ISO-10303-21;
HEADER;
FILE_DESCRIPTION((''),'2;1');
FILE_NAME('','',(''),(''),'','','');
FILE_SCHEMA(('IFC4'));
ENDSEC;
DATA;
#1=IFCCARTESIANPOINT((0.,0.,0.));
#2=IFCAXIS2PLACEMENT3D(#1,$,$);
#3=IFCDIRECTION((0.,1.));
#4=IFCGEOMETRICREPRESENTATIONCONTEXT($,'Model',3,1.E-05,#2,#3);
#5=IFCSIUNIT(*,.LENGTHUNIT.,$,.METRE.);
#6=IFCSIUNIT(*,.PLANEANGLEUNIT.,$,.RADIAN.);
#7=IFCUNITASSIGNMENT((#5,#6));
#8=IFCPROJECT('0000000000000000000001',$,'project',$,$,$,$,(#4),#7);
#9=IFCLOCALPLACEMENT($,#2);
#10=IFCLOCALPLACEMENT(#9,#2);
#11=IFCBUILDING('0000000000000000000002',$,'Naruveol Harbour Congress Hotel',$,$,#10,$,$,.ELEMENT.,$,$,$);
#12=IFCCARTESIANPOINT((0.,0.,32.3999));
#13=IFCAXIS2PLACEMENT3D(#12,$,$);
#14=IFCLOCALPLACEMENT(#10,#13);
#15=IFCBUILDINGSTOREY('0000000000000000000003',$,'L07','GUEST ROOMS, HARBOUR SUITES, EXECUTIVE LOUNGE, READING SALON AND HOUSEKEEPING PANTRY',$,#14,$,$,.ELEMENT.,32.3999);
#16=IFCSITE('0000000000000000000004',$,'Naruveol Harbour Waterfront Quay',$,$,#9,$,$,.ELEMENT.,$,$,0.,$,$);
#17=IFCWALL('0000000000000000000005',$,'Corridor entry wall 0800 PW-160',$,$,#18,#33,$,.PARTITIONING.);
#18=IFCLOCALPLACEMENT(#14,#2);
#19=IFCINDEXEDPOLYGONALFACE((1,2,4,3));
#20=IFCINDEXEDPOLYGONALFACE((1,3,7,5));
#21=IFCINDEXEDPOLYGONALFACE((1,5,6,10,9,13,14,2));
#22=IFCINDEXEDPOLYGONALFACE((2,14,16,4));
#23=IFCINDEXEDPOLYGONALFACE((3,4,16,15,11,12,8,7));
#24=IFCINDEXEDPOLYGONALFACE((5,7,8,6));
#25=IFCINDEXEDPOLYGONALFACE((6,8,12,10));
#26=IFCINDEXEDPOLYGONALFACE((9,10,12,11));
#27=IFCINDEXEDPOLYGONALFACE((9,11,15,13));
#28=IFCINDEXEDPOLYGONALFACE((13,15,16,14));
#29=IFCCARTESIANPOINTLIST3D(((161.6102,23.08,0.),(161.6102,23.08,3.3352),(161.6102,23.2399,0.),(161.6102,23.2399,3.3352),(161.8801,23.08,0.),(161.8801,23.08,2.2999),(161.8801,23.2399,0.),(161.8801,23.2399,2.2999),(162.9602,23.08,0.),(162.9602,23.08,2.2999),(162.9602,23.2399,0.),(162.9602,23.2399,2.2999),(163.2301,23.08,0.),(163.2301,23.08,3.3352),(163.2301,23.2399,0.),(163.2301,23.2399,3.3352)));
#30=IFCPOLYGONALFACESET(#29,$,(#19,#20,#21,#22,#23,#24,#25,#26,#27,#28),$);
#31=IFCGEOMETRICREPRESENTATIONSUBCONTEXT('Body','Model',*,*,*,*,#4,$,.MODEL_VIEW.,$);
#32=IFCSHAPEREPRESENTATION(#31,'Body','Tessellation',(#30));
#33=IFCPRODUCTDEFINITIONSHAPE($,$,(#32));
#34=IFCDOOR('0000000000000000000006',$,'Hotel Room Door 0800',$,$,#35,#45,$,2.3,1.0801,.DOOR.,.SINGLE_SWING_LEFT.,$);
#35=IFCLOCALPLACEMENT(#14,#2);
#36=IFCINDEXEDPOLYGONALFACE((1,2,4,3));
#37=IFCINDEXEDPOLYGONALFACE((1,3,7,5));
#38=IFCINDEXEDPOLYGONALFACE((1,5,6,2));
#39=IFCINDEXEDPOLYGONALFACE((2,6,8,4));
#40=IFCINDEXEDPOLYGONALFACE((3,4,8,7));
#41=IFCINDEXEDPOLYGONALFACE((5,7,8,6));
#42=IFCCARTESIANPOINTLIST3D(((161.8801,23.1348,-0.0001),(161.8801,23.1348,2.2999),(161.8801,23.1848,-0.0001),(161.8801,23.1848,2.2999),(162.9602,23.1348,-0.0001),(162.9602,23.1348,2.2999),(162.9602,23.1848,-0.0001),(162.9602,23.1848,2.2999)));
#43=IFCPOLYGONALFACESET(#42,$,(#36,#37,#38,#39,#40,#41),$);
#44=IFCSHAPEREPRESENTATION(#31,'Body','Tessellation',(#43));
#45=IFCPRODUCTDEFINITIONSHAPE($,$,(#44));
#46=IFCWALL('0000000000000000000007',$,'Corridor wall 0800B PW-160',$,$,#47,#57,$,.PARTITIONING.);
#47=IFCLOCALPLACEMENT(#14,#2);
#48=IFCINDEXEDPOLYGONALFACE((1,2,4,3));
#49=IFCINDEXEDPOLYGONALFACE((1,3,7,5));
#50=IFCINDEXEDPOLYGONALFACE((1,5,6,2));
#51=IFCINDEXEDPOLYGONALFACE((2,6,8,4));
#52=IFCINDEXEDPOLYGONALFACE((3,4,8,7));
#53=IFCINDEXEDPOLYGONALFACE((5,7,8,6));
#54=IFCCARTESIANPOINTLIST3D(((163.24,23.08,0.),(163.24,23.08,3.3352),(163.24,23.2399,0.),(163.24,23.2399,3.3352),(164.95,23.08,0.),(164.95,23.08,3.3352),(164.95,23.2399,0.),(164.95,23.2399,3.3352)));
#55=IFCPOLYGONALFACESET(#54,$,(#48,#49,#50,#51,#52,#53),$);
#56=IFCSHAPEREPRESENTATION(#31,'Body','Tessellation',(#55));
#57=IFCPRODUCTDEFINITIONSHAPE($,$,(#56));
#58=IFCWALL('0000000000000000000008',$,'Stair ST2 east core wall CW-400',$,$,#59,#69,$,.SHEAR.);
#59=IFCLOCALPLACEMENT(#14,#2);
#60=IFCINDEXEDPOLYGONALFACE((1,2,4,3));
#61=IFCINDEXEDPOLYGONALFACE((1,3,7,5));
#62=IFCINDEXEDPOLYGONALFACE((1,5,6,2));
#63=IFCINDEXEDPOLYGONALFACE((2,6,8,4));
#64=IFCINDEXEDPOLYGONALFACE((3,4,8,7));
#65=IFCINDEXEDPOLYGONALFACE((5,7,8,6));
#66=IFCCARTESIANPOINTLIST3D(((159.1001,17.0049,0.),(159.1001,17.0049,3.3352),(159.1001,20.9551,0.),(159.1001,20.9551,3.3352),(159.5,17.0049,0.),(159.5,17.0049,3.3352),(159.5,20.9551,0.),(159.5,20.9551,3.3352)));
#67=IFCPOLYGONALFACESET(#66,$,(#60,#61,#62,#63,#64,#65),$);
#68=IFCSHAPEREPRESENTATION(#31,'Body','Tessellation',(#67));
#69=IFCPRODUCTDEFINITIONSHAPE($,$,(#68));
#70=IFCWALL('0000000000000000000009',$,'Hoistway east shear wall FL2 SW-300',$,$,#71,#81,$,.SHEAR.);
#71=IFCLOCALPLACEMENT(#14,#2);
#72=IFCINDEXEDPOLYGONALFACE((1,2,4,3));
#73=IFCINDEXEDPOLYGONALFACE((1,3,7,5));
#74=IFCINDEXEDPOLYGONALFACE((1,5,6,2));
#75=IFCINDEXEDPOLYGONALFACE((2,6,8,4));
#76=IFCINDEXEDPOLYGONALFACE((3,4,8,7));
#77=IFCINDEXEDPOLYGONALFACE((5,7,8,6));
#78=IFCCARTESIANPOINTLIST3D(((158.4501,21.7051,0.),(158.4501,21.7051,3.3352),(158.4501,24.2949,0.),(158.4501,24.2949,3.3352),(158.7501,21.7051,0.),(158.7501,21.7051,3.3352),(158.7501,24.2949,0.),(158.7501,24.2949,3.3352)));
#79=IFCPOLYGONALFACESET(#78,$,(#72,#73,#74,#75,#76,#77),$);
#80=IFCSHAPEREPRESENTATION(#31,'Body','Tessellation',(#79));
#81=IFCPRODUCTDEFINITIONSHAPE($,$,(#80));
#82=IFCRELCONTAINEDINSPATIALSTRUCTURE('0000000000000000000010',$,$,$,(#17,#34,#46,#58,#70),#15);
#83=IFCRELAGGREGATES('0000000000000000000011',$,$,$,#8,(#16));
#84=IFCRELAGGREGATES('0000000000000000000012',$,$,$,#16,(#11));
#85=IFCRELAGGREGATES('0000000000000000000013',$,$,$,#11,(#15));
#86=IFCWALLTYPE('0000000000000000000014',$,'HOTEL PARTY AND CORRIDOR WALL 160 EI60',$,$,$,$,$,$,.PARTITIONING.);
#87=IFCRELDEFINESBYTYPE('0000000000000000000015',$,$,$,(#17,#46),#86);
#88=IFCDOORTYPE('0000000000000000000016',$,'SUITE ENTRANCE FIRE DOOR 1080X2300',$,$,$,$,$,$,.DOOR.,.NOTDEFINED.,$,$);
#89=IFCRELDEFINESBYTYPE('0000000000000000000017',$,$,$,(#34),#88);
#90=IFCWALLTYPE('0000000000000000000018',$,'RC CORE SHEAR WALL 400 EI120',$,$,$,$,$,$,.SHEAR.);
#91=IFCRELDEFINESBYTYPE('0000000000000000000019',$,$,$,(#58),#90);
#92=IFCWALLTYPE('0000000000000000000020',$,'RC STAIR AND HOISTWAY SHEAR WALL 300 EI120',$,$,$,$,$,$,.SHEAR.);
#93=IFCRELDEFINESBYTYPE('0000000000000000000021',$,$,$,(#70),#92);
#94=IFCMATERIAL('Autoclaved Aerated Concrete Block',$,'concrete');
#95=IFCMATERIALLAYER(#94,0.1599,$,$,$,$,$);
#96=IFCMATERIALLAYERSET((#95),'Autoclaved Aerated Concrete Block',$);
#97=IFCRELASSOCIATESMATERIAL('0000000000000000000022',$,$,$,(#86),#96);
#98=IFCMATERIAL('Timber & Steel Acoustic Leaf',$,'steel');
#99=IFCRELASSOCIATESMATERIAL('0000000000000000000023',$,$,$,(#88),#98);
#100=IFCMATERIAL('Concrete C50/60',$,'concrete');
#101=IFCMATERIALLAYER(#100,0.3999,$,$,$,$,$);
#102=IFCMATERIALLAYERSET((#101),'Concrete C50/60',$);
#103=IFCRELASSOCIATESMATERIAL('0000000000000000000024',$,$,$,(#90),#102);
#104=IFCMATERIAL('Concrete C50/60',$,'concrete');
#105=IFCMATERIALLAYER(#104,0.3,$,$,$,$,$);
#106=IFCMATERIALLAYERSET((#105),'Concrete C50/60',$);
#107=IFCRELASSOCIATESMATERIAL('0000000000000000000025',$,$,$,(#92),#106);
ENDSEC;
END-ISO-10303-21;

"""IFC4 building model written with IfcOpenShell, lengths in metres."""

from ifc_helpers import new_model, si_unit, direction, frame, frame_2d, origin, place, context, subcontext, project, spatial, rectangle, extrude, material, layer, layer_set, type_object, element, fill, save


model = new_model("IFC4")

# Units and contexts
model_context = context("Model", 3, precision=1e-05, world=origin(), true_north=direction((0.0, 1.0)))
body_context = subcontext(model_context, "Body", "Model", "MODEL_VIEW")
ifc_project = project(units=[si_unit("LENGTHUNIT", "METRE"), si_unit("PLANEANGLEUNIT", "RADIAN")], contexts=[model_context])

# Site, building, storey
site_placement = place(None, origin())
site = spatial("IfcSite", under=ifc_project, at=site_placement, Name="Naruveol Harbour Waterfront Quay", CompositionType="ELEMENT", RefElevation=0.0)
building_placement = place(site_placement, origin())
building = spatial("IfcBuilding", under=site, at=building_placement, Name="Naruveol Harbour Congress Hotel", CompositionType="ELEMENT")
storey_placement = place(building_placement, frame((0.0, 0.0, 32.3999)))
storey = spatial("IfcBuildingStorey", under=building, at=storey_placement, Name="L07", Description="GUEST ROOMS, HARBOUR SUITES, EXECUTIVE LOUNGE, READING SALON AND HOUSEKEEPING PANTRY", CompositionType="ELEMENT", Elevation=32.3999)

# Shared definitions
ifc_material_1 = material(Name="Autoclaved Aerated Concrete Block", Category="concrete")
ifc_layer_1 = layer(ifc_material_1, 0.1599)
ifc_layer_set_1 = layer_set([ifc_layer_1], Name="Autoclaved Aerated Concrete Block")
wall_type_1 = type_object("IfcWallType", Name="HOTEL PARTY AND CORRIDOR WALL 160 EI60", PredefinedType="PARTITIONING", material=ifc_layer_set_1)

# Wall, opening, door
ifc_material_2 = material(Name="Timber & Steel Acoustic Leaf", Category="steel")
door_type = type_object("IfcDoorType", Name="SUITE ENTRANCE FIRE DOOR 1080X2300", OperationType="NOTDEFINED", PredefinedType="DOOR", material=ifc_material_2)
wall_1_placement = place(storey_placement, frame((161.6101, 23.1599, 0.0), z_axis=(0.0, 0.0, 1.0), x_axis=(1.0, 0.0, 0.0)))
wall_1 = element("IfcWall", 1, at=wall_1_placement, inside=storey, type_object=wall_type_1, Name="Corridor entry wall 0800 PW-160", PredefinedType="PARTITIONING", context=body_context, shape_type="SweptSolid", body=[
    extrude(rectangle(XDim=1.6199, YDim=0.1599, at=frame_2d((0.8101, 0.0))), origin(), (0.0, 0.0, 1.0), 3.3352),
])
opening_1_placement = place(wall_1_placement, frame((0.27, 0.0, 0.0)))
opening_1 = element("IfcOpeningElement", 2, at=opening_1_placement, cuts=wall_1, PredefinedType="OPENING", context=body_context, shape_type="SweptSolid", body=[
    extrude(rectangle(XDim=1.0801, YDim=2.3, at=frame_2d((0.54, 1.1499))), frame((0.0, 0.0898, 0.0), z_axis=(0.0, -1.0, 0.0), x_axis=(1.0, 0.0, 0.0)), (0.0, 0.0, 1.0), 0.1799),
])
door_1_placement = place(opening_1_placement, origin())
door_1 = element("IfcDoor", 3, at=door_1_placement, inside=storey, type_object=door_type, Name="Hotel Room Door 0800", OperationType="SINGLE_SWING_LEFT", OverallHeight=2.3, OverallWidth=1.0801, PredefinedType="DOOR", context=body_context, shape_type="SweptSolid", body=[
    extrude(rectangle(XDim=1.0801, YDim=2.3, at=frame_2d((0.54, 1.1499))), frame((0.0, 0.0249, 0.0), z_axis=(0.0, -1.0, 0.0), x_axis=(1.0, 0.0, 0.0)), (0.0, 0.0, 1.0), 0.05),
])
fill(opening_1, door_1)

# Walls
wall_2_placement = place(storey_placement, frame((163.24, 23.1599, 0.0), z_axis=(0.0, 0.0, 1.0), x_axis=(1.0, 0.0, 0.0)))
element("IfcWall", 4, at=wall_2_placement, inside=storey, type_object=wall_type_1, Name="Corridor wall 0800B PW-160", PredefinedType="PARTITIONING", context=body_context, shape_type="SweptSolid", body=[
    extrude(rectangle(XDim=1.71, YDim=0.1599, at=frame_2d((0.855, 0.0))), origin(), (0.0, 0.0, 1.0), 3.3352),
])
ifc_material_3 = material(Name="Concrete C50/60", Category="concrete")
ifc_layer_2 = layer(ifc_material_3, 0.3999)
ifc_layer_set_2 = layer_set([ifc_layer_2], Name="Concrete C50/60")
wall_type_2 = type_object("IfcWallType", Name="RC CORE SHEAR WALL 400 EI120", PredefinedType="SHEAR", material=ifc_layer_set_2)
wall_3_placement = place(storey_placement, frame((159.3, 17.0049, 0.0), z_axis=(0.0, 0.0, 1.0), x_axis=(0.0, 1.0, 0.0)))
element("IfcWall", 5, at=wall_3_placement, inside=storey, type_object=wall_type_2, Name="Stair ST2 east core wall CW-400", PredefinedType="SHEAR", context=body_context, shape_type="SweptSolid", body=[
    extrude(rectangle(XDim=3.9502, YDim=0.3999, at=frame_2d((1.9751, 0.0))), origin(), (0.0, 0.0, 1.0), 3.3352),
])
ifc_material_4 = material(Name="Concrete C50/60", Category="concrete")
ifc_layer_3 = layer(ifc_material_4, 0.3)
ifc_layer_set_3 = layer_set([ifc_layer_3], Name="Concrete C50/60")
wall_type_3 = type_object("IfcWallType", Name="RC STAIR AND HOISTWAY SHEAR WALL 300 EI120", PredefinedType="SHEAR", material=ifc_layer_set_3)
wall_4_placement = place(storey_placement, frame((158.6001, 21.7051, 0.0), z_axis=(0.0, 0.0, 1.0), x_axis=(0.0, 1.0, 0.0)))
element("IfcWall", 6, at=wall_4_placement, inside=storey, type_object=wall_type_3, Name="Hoistway east shear wall FL2 SW-300", PredefinedType="SHEAR", context=body_context, shape_type="SweptSolid", body=[
    extrude(rectangle(XDim=2.5898, YDim=0.3, at=frame_2d((1.2949, 0.0))), origin(), (0.0, 0.0, 1.0), 3.3352),
])

save(model, "model.ifc")
